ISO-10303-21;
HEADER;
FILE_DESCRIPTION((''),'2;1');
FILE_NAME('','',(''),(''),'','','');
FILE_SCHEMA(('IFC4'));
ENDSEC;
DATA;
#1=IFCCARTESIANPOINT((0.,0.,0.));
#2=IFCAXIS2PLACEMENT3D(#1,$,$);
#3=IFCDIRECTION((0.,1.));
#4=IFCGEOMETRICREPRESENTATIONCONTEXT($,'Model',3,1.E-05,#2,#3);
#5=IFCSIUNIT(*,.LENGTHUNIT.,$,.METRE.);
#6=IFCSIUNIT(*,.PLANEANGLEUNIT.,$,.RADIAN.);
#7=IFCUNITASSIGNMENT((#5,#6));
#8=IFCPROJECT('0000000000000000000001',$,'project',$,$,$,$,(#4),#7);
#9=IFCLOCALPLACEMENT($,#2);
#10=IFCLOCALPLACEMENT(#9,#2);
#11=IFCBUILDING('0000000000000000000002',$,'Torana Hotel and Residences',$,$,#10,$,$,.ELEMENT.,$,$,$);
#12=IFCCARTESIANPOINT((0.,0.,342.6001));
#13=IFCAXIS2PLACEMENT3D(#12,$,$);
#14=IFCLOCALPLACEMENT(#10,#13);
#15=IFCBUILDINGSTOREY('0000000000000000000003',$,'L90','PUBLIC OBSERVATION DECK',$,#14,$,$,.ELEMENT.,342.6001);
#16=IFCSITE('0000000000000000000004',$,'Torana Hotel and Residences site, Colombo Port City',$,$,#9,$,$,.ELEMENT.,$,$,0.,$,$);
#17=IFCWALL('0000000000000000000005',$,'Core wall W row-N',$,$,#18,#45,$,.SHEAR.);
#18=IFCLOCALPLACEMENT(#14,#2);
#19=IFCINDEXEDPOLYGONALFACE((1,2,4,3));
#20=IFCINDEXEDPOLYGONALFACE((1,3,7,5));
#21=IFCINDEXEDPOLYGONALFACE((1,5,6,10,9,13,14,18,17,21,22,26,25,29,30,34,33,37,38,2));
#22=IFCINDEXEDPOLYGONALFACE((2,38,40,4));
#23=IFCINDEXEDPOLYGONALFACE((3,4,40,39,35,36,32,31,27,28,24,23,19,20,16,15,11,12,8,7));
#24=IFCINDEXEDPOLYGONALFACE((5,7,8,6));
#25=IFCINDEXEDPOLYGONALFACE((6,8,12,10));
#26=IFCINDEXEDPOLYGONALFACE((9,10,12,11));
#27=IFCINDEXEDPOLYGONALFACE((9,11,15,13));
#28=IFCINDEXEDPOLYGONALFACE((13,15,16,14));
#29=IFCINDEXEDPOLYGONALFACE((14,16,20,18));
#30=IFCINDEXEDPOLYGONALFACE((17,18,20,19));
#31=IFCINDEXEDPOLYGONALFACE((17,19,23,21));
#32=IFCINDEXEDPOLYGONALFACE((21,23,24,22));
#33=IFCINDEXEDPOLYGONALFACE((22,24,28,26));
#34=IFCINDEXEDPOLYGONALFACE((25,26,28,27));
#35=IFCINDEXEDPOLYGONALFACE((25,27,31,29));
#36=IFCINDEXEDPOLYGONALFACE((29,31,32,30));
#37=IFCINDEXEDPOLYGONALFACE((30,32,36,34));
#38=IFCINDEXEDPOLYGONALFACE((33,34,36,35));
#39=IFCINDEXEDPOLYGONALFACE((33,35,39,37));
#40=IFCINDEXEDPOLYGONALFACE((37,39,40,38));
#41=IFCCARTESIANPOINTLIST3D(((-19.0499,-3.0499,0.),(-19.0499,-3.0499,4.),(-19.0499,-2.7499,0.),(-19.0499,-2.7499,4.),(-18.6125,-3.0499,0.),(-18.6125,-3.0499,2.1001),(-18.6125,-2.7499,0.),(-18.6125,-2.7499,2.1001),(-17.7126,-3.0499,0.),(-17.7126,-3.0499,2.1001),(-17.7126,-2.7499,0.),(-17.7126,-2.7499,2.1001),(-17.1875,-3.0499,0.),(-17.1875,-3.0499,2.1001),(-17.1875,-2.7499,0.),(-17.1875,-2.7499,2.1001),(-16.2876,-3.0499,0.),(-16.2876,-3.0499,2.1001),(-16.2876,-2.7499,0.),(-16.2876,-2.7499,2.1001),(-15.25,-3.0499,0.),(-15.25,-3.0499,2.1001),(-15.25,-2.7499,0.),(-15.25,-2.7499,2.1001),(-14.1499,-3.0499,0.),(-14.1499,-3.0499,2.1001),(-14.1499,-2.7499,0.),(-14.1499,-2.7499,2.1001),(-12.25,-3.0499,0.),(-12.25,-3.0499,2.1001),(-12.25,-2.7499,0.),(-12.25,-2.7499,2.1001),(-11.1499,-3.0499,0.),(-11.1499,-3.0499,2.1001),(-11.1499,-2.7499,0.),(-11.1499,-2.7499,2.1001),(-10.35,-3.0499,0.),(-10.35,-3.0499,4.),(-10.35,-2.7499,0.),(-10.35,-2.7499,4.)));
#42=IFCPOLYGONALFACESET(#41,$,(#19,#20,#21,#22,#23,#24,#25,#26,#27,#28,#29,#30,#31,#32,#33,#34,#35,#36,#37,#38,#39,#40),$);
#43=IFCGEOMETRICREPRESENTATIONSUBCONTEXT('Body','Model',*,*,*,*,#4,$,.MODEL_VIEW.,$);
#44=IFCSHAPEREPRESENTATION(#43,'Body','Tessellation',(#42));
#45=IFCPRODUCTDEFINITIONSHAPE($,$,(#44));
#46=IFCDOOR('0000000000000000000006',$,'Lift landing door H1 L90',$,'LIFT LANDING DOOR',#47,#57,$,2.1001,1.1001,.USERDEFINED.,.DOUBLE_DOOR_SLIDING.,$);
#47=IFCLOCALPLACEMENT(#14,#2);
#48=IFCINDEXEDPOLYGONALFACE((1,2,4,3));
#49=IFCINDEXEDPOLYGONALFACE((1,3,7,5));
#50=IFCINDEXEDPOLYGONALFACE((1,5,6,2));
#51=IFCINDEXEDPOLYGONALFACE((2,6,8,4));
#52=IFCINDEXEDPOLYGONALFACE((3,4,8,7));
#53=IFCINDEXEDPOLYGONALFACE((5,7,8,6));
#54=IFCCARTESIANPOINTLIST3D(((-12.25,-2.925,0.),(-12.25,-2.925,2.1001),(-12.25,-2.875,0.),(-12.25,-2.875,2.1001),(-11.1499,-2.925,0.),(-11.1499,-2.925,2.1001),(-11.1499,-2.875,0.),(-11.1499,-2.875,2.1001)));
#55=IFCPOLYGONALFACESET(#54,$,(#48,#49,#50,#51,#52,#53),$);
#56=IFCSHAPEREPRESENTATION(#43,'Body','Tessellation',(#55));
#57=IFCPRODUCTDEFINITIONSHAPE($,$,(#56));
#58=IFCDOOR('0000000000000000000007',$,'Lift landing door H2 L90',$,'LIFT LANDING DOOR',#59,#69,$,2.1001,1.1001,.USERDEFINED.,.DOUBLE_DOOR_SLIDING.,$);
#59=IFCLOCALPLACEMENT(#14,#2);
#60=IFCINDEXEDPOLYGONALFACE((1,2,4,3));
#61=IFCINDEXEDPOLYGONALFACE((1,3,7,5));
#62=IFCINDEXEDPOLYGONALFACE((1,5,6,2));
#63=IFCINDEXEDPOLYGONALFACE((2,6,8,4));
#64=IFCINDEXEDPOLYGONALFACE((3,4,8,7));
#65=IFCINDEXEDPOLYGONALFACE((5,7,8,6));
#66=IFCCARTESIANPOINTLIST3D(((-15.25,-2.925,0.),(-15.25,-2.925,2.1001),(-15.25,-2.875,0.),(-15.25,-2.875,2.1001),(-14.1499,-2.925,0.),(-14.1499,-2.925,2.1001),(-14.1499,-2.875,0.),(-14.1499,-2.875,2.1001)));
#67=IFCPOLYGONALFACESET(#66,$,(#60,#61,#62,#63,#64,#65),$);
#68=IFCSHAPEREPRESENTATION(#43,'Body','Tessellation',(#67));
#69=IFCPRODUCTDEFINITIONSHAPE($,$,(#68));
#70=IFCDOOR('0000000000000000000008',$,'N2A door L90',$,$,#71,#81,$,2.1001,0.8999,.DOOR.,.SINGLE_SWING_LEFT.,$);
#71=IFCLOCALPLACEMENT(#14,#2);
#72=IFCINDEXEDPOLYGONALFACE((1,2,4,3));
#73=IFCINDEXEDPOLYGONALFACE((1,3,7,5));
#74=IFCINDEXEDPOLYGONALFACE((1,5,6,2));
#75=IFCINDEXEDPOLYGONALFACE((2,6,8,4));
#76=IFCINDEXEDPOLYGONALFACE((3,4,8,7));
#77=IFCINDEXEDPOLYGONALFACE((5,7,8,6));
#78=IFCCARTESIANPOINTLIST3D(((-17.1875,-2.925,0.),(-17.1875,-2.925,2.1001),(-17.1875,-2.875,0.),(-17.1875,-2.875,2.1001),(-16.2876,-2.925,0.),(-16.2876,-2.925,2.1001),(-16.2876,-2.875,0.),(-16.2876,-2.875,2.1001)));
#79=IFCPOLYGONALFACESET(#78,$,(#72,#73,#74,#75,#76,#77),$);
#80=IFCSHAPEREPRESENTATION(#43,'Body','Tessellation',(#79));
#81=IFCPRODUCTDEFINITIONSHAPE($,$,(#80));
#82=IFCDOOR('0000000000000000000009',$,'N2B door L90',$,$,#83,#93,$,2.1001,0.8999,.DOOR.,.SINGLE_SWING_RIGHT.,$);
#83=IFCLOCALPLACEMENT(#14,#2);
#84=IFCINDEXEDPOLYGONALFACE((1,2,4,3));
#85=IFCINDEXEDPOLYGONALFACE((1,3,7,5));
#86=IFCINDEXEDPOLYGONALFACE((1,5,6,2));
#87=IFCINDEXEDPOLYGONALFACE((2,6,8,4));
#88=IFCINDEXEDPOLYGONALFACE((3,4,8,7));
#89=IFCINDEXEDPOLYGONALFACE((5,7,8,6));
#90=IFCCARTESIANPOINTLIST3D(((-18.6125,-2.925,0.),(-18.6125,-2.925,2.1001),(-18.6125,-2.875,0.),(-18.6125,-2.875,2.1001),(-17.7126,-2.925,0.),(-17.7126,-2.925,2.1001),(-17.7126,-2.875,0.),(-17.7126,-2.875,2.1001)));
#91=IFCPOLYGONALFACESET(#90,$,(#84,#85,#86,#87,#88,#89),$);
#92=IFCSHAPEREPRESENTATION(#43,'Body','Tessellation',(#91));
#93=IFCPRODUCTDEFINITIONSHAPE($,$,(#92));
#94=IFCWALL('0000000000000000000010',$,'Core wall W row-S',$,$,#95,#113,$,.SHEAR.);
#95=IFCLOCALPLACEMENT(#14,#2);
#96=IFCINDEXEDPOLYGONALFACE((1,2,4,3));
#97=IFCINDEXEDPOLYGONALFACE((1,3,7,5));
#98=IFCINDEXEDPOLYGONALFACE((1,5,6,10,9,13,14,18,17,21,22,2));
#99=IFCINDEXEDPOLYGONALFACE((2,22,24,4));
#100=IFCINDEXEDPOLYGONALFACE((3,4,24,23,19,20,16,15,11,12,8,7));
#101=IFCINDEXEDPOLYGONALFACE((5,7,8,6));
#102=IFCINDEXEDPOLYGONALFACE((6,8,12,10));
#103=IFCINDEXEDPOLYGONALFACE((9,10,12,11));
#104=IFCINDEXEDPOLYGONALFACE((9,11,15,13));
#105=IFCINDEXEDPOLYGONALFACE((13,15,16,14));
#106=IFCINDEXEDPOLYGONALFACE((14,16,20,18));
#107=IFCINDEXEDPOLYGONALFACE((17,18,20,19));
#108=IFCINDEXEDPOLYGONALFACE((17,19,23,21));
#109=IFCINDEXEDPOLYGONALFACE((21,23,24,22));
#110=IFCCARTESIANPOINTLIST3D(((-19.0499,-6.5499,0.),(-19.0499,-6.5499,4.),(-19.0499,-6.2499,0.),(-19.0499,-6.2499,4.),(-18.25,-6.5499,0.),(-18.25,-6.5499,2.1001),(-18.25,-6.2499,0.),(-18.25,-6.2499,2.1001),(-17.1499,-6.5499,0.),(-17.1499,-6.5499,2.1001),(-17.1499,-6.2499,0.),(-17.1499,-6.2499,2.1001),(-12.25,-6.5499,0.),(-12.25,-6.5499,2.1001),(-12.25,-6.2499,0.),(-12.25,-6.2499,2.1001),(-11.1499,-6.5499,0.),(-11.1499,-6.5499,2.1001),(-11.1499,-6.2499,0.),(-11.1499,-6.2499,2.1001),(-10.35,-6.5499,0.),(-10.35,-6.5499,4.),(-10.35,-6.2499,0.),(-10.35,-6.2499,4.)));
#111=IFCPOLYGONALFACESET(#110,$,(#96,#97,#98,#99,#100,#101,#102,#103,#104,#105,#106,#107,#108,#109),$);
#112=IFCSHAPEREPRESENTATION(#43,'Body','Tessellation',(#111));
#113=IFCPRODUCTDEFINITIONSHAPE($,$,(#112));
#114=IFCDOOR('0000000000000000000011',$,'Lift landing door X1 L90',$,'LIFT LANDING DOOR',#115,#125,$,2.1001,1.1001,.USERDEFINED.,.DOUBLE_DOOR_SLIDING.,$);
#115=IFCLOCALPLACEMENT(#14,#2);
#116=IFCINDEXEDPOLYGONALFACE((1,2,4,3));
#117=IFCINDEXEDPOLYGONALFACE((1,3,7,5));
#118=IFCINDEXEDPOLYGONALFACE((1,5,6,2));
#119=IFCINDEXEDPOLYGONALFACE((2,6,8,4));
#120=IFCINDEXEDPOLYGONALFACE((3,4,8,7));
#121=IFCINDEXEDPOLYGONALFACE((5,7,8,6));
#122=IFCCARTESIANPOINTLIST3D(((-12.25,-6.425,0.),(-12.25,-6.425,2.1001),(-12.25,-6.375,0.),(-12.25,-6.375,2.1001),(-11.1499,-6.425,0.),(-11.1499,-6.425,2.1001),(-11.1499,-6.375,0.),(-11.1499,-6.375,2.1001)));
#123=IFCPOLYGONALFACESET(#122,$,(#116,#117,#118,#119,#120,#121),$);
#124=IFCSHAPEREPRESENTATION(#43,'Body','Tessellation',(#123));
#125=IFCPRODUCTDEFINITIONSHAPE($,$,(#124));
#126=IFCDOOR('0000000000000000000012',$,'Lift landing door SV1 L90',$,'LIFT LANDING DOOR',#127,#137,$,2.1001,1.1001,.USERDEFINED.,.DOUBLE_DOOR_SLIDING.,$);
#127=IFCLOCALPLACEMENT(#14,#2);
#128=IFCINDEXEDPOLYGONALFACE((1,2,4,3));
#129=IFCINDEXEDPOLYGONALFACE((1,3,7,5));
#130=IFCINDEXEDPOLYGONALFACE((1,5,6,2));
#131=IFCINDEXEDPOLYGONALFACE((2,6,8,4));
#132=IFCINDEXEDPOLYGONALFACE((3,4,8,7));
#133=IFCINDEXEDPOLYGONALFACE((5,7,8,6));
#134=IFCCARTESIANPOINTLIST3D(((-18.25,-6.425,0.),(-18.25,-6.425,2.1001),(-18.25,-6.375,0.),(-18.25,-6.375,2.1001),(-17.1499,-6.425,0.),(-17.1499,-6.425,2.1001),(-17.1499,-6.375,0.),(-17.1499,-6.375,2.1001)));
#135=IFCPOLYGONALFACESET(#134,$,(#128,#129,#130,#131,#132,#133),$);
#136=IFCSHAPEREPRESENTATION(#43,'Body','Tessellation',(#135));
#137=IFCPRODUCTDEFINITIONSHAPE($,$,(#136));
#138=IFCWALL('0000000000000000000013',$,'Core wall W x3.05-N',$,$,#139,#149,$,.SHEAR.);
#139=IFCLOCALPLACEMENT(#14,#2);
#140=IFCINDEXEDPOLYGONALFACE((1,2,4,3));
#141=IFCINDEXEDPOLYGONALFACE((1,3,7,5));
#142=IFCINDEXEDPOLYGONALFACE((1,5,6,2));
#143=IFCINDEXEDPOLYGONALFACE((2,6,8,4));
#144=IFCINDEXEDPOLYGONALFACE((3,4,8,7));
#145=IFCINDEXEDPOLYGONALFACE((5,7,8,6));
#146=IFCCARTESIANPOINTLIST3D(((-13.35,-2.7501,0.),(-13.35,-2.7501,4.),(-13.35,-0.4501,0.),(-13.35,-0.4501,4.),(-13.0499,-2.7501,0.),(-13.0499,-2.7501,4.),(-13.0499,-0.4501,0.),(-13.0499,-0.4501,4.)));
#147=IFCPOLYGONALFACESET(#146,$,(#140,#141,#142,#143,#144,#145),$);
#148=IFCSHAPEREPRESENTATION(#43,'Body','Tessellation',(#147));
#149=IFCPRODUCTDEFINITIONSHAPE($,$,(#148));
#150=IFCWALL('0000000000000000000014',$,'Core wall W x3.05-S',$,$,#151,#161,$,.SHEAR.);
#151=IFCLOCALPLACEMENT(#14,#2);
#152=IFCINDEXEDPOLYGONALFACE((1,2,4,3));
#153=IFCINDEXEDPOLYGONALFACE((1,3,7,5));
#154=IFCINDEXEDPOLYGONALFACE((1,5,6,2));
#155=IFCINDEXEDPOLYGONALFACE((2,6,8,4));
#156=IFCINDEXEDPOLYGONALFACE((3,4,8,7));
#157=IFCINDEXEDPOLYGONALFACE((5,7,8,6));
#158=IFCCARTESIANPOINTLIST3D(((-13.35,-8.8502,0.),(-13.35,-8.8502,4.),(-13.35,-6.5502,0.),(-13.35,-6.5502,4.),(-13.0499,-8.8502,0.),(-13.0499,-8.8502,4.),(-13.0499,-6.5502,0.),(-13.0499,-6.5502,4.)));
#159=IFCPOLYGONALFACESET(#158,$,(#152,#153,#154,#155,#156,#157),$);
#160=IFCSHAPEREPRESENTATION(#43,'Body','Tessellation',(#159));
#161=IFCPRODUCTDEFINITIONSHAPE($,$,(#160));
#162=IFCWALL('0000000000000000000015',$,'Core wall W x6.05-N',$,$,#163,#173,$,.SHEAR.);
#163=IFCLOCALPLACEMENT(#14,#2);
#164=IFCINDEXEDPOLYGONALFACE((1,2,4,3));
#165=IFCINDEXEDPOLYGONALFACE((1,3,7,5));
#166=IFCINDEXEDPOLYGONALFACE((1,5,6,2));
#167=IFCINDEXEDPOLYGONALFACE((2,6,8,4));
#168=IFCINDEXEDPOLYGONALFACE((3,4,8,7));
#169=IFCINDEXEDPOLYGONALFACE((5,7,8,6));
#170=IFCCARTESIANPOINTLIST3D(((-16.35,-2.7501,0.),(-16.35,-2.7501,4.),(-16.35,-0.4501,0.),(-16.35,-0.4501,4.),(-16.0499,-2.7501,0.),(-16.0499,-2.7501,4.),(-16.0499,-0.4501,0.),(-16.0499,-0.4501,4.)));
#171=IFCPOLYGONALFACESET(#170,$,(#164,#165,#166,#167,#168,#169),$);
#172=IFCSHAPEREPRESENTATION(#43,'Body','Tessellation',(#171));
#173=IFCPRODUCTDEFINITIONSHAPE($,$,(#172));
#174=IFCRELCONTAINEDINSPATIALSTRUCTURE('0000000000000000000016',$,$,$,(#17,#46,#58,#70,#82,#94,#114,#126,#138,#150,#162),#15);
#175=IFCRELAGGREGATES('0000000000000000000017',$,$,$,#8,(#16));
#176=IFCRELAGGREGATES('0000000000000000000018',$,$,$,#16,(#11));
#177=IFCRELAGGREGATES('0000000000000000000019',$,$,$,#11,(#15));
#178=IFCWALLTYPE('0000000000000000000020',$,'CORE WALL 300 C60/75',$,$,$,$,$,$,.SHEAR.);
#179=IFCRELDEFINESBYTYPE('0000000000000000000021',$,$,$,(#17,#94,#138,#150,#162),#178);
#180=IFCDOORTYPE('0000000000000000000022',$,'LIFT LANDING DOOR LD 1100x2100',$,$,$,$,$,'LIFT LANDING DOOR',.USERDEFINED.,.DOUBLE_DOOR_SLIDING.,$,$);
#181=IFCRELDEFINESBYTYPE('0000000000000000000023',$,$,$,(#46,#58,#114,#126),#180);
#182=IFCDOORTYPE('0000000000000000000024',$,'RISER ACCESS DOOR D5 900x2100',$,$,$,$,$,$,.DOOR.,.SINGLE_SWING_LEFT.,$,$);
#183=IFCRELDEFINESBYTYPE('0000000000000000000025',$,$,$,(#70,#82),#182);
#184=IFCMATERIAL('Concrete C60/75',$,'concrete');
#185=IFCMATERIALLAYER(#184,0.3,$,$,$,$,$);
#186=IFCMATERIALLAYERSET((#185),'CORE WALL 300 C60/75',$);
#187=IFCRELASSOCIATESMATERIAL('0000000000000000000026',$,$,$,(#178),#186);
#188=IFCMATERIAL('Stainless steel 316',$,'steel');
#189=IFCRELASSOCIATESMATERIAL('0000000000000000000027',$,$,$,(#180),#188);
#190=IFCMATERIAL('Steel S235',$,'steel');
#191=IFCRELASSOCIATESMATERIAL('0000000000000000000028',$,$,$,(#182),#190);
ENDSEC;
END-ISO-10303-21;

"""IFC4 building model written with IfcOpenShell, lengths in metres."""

from ifc_helpers import new_model, si_unit, direction, frame, frame_2d, origin, place, context, subcontext, project, spatial, rectangle, extrude, material, layer, layer_set, type_object, element, fill, save


model = new_model("IFC4")

# Units and contexts
model_context = context("Model", 3, precision=1e-05, world=origin(), true_north=direction((0.0, 1.0)))
body_context = subcontext(model_context, "Body", "Model", "MODEL_VIEW")
ifc_project = project(units=[si_unit("LENGTHUNIT", "METRE"), si_unit("PLANEANGLEUNIT", "RADIAN")], contexts=[model_context])

# Site, building, storey
site_placement = place(None, origin())
site = spatial("IfcSite", under=ifc_project, at=site_placement, Name="Torana Hotel and Residences site, Colombo Port City", CompositionType="ELEMENT", RefElevation=0.0)
building_placement = place(site_placement, origin())
building = spatial("IfcBuilding", under=site, at=building_placement, Name="Torana Hotel and Residences", CompositionType="ELEMENT")
storey_placement = place(building_placement, frame((0.0, 0.0, 342.6001)))
storey = spatial("IfcBuildingStorey", under=building, at=storey_placement, Name="L90", Description="PUBLIC OBSERVATION DECK", CompositionType="ELEMENT", Elevation=342.6001)

# Walls, openings, doors
ifc_material_1 = material(Name="Concrete C60/75", Category="concrete")
ifc_layer_1 = layer(ifc_material_1, 0.3)
ifc_layer_set_1 = layer_set([ifc_layer_1], Name="CORE WALL 300 C60/75")
wall_type_1 = type_object("IfcWallType", Name="CORE WALL 300 C60/75", PredefinedType="SHEAR", material=ifc_layer_set_1)
wall_1_placement = place(storey_placement, frame((-19.05, -2.8999, 0.0), z_axis=(0.0, 0.0, 1.0), x_axis=(1.0, 0.0, 0.0)))
wall_1 = element("IfcWall", 1, at=wall_1_placement, inside=storey, type_object=wall_type_1, Name="Core wall W row-N", PredefinedType="SHEAR", context=body_context, shape_type="SweptSolid", body=[
    extrude(rectangle(XDim=8.7, YDim=0.3, at=frame_2d((4.3501, 0.0))), origin(), (0.0, 0.0, 1.0), 4.0),
])
opening_1_placement = place(wall_1_placement, frame((6.8, 0.0, 0.0)))
opening_1 = element("IfcOpeningElement", 2, at=opening_1_placement, cuts=wall_1, PredefinedType="OPENING", context=body_context, shape_type="SweptSolid", body=[
    extrude(rectangle(XDim=1.1001, YDim=2.1001, at=frame_2d((0.55, 1.05))), frame((0.0, 0.1599, 0.0), z_axis=(0.0, -1.0, 0.0), x_axis=(1.0, 0.0, 0.0)), (0.0, 0.0, 1.0), 0.3201),
])
opening_2_placement = place(wall_1_placement, frame((3.8, 0.0, 0.0)))
opening_2 = element("IfcOpeningElement", 3, at=opening_2_placement, cuts=wall_1, PredefinedType="OPENING", context=body_context, shape_type="SweptSolid", body=[
    extrude(rectangle(XDim=1.1001, YDim=2.1001, at=frame_2d((0.55, 1.05))), frame((0.0, 0.1599, 0.0), z_axis=(0.0, -1.0, 0.0), x_axis=(1.0, 0.0, 0.0)), (0.0, 0.0, 1.0), 0.3201),
])
opening_3_placement = place(wall_1_placement, frame((1.8625, 0.0, 0.0)))
opening_3 = element("IfcOpeningElement", 4, at=opening_3_placement, cuts=wall_1, PredefinedType="OPENING", context=body_context, shape_type="SweptSolid", body=[
    extrude(rectangle(XDim=0.8999, YDim=2.1001, at=frame_2d((0.45, 1.05))), frame((0.0, 0.1599, 0.0), z_axis=(0.0, -1.0, 0.0), x_axis=(1.0, 0.0, 0.0)), (0.0, 0.0, 1.0), 0.3201),
])
opening_4_placement = place(wall_1_placement, frame((0.4375, 0.0, 0.0)))
opening_4 = element("IfcOpeningElement", 5, at=opening_4_placement, cuts=wall_1, PredefinedType="OPENING", context=body_context, shape_type="SweptSolid", body=[
    extrude(rectangle(XDim=0.8999, YDim=2.1001, at=frame_2d((0.45, 1.05))), frame((0.0, 0.1599, 0.0), z_axis=(0.0, -1.0, 0.0), x_axis=(1.0, 0.0, 0.0)), (0.0, 0.0, 1.0), 0.3201),
])
ifc_material_2 = material(Name="Stainless steel 316", Category="steel")
door_type_1 = type_object("IfcDoorType", Name="LIFT LANDING DOOR LD 1100x2100", ElementType="LIFT LANDING DOOR", OperationType="DOUBLE_DOOR_SLIDING", PredefinedType="USERDEFINED", material=ifc_material_2)
door_1_placement = place(opening_1_placement, origin())
door_1 = element("IfcDoor", 6, at=door_1_placement, inside=storey, type_object=door_type_1, Name="Lift landing door H1 L90", ObjectType="LIFT LANDING DOOR", OperationType="DOUBLE_DOOR_SLIDING", OverallHeight=2.1001, OverallWidth=1.1001, PredefinedType="USERDEFINED", context=body_context, shape_type="SweptSolid", body=[
    extrude(rectangle(XDim=1.1001, YDim=2.1001, at=frame_2d((0.55, 1.05))), frame((0.0, 0.0249, 0.0), z_axis=(0.0, -1.0, 0.0), x_axis=(1.0, 0.0, 0.0)), (0.0, 0.0, 1.0), 0.05),
])
fill(opening_1, door_1)
door_2_placement = place(opening_2_placement, origin())
door_2 = element("IfcDoor", 7, at=door_2_placement, inside=storey, type_object=door_type_1, Name="Lift landing door H2 L90", ObjectType="LIFT LANDING DOOR", OperationType="DOUBLE_DOOR_SLIDING", OverallHeight=2.1001, OverallWidth=1.1001, PredefinedType="USERDEFINED", context=body_context, shape_type="SweptSolid", body=[
    extrude(rectangle(XDim=1.1001, YDim=2.1001, at=frame_2d((0.55, 1.05))), frame((0.0, 0.0249, 0.0), z_axis=(0.0, -1.0, 0.0), x_axis=(1.0, 0.0, 0.0)), (0.0, 0.0, 1.0), 0.05),
])
fill(opening_2, door_2)
ifc_material_3 = material(Name="Steel S235", Category="steel")
door_type_2 = type_object("IfcDoorType", Name="RISER ACCESS DOOR D5 900x2100", OperationType="SINGLE_SWING_LEFT", PredefinedType="DOOR", material=ifc_material_3)
door_3_placement = place(opening_3_placement, origin())
door_3 = element("IfcDoor", 8, at=door_3_placement, inside=storey, type_object=door_type_2, Name="N2A door L90", OperationType="SINGLE_SWING_LEFT", OverallHeight=2.1001, OverallWidth=0.8999, PredefinedType="DOOR", context=body_context, shape_type="SweptSolid", body=[
    extrude(rectangle(XDim=0.8999, YDim=2.1001, at=frame_2d((0.45, 1.05))), frame((0.0, 0.0249, 0.0), z_axis=(0.0, -1.0, 0.0), x_axis=(1.0, 0.0, 0.0)), (0.0, 0.0, 1.0), 0.05),
])
fill(opening_3, door_3)
door_4_placement = place(opening_4_placement, origin())
door_4 = element("IfcDoor", 9, at=door_4_placement, inside=storey, type_object=door_type_2, Name="N2B door L90", OperationType="SINGLE_SWING_RIGHT", OverallHeight=2.1001, OverallWidth=0.8999, PredefinedType="DOOR", context=body_context, shape_type="SweptSolid", body=[
    extrude(rectangle(XDim=0.8999, YDim=2.1001, at=frame_2d((0.45, 1.05))), frame((0.0, 0.0249, 0.0), z_axis=(0.0, -1.0, 0.0), x_axis=(1.0, 0.0, 0.0)), (0.0, 0.0, 1.0), 0.05),
])
fill(opening_4, door_4)
wall_2_placement = place(storey_placement, frame((-19.05, -6.3999, 0.0), z_axis=(0.0, 0.0, 1.0), x_axis=(1.0, 0.0, 0.0)))
wall_2 = element("IfcWall", 10, at=wall_2_placement, inside=storey, type_object=wall_type_1, Name="Core wall W row-S", PredefinedType="SHEAR", context=body_context, shape_type="SweptSolid", body=[
    extrude(rectangle(XDim=8.7, YDim=0.3, at=frame_2d((4.3501, 0.0))), origin(), (0.0, 0.0, 1.0), 4.0),
])
opening_5_placement = place(wall_2_placement, frame((6.8, 0.0, 0.0)))
opening_5 = element("IfcOpeningElement", 11, at=opening_5_placement, cuts=wall_2, PredefinedType="OPENING", context=body_context, shape_type="SweptSolid", body=[
    extrude(rectangle(XDim=1.1001, YDim=2.1001, at=frame_2d((0.55, 1.05))), frame((0.0, 0.1599, 0.0), z_axis=(0.0, -1.0, 0.0), x_axis=(1.0, 0.0, 0.0)), (0.0, 0.0, 1.0), 0.3201),
])
opening_6_placement = place(wall_2_placement, frame((0.8, 0.0, 0.0)))
opening_6 = element("IfcOpeningElement", 12, at=opening_6_placement, cuts=wall_2, PredefinedType="OPENING", context=body_context, shape_type="SweptSolid", body=[
    extrude(rectangle(XDim=1.1001, YDim=2.1001, at=frame_2d((0.55, 1.05))), frame((0.0, 0.1599, 0.0), z_axis=(0.0, -1.0, 0.0), x_axis=(1.0, 0.0, 0.0)), (0.0, 0.0, 1.0), 0.3201),
])
door_5_placement = place(opening_5_placement, origin())
door_5 = element("IfcDoor", 13, at=door_5_placement, inside=storey, type_object=door_type_1, Name="Lift landing door X1 L90", ObjectType="LIFT LANDING DOOR", OperationType="DOUBLE_DOOR_SLIDING", OverallHeight=2.1001, OverallWidth=1.1001, PredefinedType="USERDEFINED", context=body_context, shape_type="SweptSolid", body=[
    extrude(rectangle(XDim=1.1001, YDim=2.1001, at=frame_2d((0.55, 1.05))), frame((0.0, 0.0249, 0.0), z_axis=(0.0, -1.0, 0.0), x_axis=(1.0, 0.0, 0.0)), (0.0, 0.0, 1.0), 0.05),
])
fill(opening_5, door_5)
door_6_placement = place(opening_6_placement, origin())
door_6 = element("IfcDoor", 14, at=door_6_placement, inside=storey, type_object=door_type_1, Name="Lift landing door SV1 L90", ObjectType="LIFT LANDING DOOR", OperationType="DOUBLE_DOOR_SLIDING", OverallHeight=2.1001, OverallWidth=1.1001, PredefinedType="USERDEFINED", context=body_context, shape_type="SweptSolid", body=[
    extrude(rectangle(XDim=1.1001, YDim=2.1001, at=frame_2d((0.55, 1.05))), frame((0.0, 0.0249, 0.0), z_axis=(0.0, -1.0, 0.0), x_axis=(1.0, 0.0, 0.0)), (0.0, 0.0, 1.0), 0.05),
])
fill(opening_6, door_6)

# Walls
for number, where, z_axis, x_axis, name in (
    (15, (-13.2, -2.75, 0.0), (0.0, 0.0, 1.0), (0.0, 1.0, 0.0), "Core wall W x3.05-N"),
    (16, (-13.2, -8.8501, 0.0), (0.0, 0.0, 1.0), (0.0, 1.0, 0.0), "Core wall W x3.05-S"),
    (17, (-16.2, -2.75, 0.0), (0.0, 0.0, 1.0), (0.0, 1.0, 0.0), "Core wall W x6.05-N"),
):
    element("IfcWall", number, at=place(storey_placement, frame(where, z_axis=z_axis, x_axis=x_axis)), inside=storey, type_object=wall_type_1, Name=name, PredefinedType="SHEAR", context=body_context, shape_type="SweptSolid", body=[
        extrude(rectangle(XDim=2.3, YDim=0.3, at=frame_2d((1.1499, 0.0))), origin(), (0.0, 0.0, 1.0), 4.0),
    ])

save(model, "model.ifc")
